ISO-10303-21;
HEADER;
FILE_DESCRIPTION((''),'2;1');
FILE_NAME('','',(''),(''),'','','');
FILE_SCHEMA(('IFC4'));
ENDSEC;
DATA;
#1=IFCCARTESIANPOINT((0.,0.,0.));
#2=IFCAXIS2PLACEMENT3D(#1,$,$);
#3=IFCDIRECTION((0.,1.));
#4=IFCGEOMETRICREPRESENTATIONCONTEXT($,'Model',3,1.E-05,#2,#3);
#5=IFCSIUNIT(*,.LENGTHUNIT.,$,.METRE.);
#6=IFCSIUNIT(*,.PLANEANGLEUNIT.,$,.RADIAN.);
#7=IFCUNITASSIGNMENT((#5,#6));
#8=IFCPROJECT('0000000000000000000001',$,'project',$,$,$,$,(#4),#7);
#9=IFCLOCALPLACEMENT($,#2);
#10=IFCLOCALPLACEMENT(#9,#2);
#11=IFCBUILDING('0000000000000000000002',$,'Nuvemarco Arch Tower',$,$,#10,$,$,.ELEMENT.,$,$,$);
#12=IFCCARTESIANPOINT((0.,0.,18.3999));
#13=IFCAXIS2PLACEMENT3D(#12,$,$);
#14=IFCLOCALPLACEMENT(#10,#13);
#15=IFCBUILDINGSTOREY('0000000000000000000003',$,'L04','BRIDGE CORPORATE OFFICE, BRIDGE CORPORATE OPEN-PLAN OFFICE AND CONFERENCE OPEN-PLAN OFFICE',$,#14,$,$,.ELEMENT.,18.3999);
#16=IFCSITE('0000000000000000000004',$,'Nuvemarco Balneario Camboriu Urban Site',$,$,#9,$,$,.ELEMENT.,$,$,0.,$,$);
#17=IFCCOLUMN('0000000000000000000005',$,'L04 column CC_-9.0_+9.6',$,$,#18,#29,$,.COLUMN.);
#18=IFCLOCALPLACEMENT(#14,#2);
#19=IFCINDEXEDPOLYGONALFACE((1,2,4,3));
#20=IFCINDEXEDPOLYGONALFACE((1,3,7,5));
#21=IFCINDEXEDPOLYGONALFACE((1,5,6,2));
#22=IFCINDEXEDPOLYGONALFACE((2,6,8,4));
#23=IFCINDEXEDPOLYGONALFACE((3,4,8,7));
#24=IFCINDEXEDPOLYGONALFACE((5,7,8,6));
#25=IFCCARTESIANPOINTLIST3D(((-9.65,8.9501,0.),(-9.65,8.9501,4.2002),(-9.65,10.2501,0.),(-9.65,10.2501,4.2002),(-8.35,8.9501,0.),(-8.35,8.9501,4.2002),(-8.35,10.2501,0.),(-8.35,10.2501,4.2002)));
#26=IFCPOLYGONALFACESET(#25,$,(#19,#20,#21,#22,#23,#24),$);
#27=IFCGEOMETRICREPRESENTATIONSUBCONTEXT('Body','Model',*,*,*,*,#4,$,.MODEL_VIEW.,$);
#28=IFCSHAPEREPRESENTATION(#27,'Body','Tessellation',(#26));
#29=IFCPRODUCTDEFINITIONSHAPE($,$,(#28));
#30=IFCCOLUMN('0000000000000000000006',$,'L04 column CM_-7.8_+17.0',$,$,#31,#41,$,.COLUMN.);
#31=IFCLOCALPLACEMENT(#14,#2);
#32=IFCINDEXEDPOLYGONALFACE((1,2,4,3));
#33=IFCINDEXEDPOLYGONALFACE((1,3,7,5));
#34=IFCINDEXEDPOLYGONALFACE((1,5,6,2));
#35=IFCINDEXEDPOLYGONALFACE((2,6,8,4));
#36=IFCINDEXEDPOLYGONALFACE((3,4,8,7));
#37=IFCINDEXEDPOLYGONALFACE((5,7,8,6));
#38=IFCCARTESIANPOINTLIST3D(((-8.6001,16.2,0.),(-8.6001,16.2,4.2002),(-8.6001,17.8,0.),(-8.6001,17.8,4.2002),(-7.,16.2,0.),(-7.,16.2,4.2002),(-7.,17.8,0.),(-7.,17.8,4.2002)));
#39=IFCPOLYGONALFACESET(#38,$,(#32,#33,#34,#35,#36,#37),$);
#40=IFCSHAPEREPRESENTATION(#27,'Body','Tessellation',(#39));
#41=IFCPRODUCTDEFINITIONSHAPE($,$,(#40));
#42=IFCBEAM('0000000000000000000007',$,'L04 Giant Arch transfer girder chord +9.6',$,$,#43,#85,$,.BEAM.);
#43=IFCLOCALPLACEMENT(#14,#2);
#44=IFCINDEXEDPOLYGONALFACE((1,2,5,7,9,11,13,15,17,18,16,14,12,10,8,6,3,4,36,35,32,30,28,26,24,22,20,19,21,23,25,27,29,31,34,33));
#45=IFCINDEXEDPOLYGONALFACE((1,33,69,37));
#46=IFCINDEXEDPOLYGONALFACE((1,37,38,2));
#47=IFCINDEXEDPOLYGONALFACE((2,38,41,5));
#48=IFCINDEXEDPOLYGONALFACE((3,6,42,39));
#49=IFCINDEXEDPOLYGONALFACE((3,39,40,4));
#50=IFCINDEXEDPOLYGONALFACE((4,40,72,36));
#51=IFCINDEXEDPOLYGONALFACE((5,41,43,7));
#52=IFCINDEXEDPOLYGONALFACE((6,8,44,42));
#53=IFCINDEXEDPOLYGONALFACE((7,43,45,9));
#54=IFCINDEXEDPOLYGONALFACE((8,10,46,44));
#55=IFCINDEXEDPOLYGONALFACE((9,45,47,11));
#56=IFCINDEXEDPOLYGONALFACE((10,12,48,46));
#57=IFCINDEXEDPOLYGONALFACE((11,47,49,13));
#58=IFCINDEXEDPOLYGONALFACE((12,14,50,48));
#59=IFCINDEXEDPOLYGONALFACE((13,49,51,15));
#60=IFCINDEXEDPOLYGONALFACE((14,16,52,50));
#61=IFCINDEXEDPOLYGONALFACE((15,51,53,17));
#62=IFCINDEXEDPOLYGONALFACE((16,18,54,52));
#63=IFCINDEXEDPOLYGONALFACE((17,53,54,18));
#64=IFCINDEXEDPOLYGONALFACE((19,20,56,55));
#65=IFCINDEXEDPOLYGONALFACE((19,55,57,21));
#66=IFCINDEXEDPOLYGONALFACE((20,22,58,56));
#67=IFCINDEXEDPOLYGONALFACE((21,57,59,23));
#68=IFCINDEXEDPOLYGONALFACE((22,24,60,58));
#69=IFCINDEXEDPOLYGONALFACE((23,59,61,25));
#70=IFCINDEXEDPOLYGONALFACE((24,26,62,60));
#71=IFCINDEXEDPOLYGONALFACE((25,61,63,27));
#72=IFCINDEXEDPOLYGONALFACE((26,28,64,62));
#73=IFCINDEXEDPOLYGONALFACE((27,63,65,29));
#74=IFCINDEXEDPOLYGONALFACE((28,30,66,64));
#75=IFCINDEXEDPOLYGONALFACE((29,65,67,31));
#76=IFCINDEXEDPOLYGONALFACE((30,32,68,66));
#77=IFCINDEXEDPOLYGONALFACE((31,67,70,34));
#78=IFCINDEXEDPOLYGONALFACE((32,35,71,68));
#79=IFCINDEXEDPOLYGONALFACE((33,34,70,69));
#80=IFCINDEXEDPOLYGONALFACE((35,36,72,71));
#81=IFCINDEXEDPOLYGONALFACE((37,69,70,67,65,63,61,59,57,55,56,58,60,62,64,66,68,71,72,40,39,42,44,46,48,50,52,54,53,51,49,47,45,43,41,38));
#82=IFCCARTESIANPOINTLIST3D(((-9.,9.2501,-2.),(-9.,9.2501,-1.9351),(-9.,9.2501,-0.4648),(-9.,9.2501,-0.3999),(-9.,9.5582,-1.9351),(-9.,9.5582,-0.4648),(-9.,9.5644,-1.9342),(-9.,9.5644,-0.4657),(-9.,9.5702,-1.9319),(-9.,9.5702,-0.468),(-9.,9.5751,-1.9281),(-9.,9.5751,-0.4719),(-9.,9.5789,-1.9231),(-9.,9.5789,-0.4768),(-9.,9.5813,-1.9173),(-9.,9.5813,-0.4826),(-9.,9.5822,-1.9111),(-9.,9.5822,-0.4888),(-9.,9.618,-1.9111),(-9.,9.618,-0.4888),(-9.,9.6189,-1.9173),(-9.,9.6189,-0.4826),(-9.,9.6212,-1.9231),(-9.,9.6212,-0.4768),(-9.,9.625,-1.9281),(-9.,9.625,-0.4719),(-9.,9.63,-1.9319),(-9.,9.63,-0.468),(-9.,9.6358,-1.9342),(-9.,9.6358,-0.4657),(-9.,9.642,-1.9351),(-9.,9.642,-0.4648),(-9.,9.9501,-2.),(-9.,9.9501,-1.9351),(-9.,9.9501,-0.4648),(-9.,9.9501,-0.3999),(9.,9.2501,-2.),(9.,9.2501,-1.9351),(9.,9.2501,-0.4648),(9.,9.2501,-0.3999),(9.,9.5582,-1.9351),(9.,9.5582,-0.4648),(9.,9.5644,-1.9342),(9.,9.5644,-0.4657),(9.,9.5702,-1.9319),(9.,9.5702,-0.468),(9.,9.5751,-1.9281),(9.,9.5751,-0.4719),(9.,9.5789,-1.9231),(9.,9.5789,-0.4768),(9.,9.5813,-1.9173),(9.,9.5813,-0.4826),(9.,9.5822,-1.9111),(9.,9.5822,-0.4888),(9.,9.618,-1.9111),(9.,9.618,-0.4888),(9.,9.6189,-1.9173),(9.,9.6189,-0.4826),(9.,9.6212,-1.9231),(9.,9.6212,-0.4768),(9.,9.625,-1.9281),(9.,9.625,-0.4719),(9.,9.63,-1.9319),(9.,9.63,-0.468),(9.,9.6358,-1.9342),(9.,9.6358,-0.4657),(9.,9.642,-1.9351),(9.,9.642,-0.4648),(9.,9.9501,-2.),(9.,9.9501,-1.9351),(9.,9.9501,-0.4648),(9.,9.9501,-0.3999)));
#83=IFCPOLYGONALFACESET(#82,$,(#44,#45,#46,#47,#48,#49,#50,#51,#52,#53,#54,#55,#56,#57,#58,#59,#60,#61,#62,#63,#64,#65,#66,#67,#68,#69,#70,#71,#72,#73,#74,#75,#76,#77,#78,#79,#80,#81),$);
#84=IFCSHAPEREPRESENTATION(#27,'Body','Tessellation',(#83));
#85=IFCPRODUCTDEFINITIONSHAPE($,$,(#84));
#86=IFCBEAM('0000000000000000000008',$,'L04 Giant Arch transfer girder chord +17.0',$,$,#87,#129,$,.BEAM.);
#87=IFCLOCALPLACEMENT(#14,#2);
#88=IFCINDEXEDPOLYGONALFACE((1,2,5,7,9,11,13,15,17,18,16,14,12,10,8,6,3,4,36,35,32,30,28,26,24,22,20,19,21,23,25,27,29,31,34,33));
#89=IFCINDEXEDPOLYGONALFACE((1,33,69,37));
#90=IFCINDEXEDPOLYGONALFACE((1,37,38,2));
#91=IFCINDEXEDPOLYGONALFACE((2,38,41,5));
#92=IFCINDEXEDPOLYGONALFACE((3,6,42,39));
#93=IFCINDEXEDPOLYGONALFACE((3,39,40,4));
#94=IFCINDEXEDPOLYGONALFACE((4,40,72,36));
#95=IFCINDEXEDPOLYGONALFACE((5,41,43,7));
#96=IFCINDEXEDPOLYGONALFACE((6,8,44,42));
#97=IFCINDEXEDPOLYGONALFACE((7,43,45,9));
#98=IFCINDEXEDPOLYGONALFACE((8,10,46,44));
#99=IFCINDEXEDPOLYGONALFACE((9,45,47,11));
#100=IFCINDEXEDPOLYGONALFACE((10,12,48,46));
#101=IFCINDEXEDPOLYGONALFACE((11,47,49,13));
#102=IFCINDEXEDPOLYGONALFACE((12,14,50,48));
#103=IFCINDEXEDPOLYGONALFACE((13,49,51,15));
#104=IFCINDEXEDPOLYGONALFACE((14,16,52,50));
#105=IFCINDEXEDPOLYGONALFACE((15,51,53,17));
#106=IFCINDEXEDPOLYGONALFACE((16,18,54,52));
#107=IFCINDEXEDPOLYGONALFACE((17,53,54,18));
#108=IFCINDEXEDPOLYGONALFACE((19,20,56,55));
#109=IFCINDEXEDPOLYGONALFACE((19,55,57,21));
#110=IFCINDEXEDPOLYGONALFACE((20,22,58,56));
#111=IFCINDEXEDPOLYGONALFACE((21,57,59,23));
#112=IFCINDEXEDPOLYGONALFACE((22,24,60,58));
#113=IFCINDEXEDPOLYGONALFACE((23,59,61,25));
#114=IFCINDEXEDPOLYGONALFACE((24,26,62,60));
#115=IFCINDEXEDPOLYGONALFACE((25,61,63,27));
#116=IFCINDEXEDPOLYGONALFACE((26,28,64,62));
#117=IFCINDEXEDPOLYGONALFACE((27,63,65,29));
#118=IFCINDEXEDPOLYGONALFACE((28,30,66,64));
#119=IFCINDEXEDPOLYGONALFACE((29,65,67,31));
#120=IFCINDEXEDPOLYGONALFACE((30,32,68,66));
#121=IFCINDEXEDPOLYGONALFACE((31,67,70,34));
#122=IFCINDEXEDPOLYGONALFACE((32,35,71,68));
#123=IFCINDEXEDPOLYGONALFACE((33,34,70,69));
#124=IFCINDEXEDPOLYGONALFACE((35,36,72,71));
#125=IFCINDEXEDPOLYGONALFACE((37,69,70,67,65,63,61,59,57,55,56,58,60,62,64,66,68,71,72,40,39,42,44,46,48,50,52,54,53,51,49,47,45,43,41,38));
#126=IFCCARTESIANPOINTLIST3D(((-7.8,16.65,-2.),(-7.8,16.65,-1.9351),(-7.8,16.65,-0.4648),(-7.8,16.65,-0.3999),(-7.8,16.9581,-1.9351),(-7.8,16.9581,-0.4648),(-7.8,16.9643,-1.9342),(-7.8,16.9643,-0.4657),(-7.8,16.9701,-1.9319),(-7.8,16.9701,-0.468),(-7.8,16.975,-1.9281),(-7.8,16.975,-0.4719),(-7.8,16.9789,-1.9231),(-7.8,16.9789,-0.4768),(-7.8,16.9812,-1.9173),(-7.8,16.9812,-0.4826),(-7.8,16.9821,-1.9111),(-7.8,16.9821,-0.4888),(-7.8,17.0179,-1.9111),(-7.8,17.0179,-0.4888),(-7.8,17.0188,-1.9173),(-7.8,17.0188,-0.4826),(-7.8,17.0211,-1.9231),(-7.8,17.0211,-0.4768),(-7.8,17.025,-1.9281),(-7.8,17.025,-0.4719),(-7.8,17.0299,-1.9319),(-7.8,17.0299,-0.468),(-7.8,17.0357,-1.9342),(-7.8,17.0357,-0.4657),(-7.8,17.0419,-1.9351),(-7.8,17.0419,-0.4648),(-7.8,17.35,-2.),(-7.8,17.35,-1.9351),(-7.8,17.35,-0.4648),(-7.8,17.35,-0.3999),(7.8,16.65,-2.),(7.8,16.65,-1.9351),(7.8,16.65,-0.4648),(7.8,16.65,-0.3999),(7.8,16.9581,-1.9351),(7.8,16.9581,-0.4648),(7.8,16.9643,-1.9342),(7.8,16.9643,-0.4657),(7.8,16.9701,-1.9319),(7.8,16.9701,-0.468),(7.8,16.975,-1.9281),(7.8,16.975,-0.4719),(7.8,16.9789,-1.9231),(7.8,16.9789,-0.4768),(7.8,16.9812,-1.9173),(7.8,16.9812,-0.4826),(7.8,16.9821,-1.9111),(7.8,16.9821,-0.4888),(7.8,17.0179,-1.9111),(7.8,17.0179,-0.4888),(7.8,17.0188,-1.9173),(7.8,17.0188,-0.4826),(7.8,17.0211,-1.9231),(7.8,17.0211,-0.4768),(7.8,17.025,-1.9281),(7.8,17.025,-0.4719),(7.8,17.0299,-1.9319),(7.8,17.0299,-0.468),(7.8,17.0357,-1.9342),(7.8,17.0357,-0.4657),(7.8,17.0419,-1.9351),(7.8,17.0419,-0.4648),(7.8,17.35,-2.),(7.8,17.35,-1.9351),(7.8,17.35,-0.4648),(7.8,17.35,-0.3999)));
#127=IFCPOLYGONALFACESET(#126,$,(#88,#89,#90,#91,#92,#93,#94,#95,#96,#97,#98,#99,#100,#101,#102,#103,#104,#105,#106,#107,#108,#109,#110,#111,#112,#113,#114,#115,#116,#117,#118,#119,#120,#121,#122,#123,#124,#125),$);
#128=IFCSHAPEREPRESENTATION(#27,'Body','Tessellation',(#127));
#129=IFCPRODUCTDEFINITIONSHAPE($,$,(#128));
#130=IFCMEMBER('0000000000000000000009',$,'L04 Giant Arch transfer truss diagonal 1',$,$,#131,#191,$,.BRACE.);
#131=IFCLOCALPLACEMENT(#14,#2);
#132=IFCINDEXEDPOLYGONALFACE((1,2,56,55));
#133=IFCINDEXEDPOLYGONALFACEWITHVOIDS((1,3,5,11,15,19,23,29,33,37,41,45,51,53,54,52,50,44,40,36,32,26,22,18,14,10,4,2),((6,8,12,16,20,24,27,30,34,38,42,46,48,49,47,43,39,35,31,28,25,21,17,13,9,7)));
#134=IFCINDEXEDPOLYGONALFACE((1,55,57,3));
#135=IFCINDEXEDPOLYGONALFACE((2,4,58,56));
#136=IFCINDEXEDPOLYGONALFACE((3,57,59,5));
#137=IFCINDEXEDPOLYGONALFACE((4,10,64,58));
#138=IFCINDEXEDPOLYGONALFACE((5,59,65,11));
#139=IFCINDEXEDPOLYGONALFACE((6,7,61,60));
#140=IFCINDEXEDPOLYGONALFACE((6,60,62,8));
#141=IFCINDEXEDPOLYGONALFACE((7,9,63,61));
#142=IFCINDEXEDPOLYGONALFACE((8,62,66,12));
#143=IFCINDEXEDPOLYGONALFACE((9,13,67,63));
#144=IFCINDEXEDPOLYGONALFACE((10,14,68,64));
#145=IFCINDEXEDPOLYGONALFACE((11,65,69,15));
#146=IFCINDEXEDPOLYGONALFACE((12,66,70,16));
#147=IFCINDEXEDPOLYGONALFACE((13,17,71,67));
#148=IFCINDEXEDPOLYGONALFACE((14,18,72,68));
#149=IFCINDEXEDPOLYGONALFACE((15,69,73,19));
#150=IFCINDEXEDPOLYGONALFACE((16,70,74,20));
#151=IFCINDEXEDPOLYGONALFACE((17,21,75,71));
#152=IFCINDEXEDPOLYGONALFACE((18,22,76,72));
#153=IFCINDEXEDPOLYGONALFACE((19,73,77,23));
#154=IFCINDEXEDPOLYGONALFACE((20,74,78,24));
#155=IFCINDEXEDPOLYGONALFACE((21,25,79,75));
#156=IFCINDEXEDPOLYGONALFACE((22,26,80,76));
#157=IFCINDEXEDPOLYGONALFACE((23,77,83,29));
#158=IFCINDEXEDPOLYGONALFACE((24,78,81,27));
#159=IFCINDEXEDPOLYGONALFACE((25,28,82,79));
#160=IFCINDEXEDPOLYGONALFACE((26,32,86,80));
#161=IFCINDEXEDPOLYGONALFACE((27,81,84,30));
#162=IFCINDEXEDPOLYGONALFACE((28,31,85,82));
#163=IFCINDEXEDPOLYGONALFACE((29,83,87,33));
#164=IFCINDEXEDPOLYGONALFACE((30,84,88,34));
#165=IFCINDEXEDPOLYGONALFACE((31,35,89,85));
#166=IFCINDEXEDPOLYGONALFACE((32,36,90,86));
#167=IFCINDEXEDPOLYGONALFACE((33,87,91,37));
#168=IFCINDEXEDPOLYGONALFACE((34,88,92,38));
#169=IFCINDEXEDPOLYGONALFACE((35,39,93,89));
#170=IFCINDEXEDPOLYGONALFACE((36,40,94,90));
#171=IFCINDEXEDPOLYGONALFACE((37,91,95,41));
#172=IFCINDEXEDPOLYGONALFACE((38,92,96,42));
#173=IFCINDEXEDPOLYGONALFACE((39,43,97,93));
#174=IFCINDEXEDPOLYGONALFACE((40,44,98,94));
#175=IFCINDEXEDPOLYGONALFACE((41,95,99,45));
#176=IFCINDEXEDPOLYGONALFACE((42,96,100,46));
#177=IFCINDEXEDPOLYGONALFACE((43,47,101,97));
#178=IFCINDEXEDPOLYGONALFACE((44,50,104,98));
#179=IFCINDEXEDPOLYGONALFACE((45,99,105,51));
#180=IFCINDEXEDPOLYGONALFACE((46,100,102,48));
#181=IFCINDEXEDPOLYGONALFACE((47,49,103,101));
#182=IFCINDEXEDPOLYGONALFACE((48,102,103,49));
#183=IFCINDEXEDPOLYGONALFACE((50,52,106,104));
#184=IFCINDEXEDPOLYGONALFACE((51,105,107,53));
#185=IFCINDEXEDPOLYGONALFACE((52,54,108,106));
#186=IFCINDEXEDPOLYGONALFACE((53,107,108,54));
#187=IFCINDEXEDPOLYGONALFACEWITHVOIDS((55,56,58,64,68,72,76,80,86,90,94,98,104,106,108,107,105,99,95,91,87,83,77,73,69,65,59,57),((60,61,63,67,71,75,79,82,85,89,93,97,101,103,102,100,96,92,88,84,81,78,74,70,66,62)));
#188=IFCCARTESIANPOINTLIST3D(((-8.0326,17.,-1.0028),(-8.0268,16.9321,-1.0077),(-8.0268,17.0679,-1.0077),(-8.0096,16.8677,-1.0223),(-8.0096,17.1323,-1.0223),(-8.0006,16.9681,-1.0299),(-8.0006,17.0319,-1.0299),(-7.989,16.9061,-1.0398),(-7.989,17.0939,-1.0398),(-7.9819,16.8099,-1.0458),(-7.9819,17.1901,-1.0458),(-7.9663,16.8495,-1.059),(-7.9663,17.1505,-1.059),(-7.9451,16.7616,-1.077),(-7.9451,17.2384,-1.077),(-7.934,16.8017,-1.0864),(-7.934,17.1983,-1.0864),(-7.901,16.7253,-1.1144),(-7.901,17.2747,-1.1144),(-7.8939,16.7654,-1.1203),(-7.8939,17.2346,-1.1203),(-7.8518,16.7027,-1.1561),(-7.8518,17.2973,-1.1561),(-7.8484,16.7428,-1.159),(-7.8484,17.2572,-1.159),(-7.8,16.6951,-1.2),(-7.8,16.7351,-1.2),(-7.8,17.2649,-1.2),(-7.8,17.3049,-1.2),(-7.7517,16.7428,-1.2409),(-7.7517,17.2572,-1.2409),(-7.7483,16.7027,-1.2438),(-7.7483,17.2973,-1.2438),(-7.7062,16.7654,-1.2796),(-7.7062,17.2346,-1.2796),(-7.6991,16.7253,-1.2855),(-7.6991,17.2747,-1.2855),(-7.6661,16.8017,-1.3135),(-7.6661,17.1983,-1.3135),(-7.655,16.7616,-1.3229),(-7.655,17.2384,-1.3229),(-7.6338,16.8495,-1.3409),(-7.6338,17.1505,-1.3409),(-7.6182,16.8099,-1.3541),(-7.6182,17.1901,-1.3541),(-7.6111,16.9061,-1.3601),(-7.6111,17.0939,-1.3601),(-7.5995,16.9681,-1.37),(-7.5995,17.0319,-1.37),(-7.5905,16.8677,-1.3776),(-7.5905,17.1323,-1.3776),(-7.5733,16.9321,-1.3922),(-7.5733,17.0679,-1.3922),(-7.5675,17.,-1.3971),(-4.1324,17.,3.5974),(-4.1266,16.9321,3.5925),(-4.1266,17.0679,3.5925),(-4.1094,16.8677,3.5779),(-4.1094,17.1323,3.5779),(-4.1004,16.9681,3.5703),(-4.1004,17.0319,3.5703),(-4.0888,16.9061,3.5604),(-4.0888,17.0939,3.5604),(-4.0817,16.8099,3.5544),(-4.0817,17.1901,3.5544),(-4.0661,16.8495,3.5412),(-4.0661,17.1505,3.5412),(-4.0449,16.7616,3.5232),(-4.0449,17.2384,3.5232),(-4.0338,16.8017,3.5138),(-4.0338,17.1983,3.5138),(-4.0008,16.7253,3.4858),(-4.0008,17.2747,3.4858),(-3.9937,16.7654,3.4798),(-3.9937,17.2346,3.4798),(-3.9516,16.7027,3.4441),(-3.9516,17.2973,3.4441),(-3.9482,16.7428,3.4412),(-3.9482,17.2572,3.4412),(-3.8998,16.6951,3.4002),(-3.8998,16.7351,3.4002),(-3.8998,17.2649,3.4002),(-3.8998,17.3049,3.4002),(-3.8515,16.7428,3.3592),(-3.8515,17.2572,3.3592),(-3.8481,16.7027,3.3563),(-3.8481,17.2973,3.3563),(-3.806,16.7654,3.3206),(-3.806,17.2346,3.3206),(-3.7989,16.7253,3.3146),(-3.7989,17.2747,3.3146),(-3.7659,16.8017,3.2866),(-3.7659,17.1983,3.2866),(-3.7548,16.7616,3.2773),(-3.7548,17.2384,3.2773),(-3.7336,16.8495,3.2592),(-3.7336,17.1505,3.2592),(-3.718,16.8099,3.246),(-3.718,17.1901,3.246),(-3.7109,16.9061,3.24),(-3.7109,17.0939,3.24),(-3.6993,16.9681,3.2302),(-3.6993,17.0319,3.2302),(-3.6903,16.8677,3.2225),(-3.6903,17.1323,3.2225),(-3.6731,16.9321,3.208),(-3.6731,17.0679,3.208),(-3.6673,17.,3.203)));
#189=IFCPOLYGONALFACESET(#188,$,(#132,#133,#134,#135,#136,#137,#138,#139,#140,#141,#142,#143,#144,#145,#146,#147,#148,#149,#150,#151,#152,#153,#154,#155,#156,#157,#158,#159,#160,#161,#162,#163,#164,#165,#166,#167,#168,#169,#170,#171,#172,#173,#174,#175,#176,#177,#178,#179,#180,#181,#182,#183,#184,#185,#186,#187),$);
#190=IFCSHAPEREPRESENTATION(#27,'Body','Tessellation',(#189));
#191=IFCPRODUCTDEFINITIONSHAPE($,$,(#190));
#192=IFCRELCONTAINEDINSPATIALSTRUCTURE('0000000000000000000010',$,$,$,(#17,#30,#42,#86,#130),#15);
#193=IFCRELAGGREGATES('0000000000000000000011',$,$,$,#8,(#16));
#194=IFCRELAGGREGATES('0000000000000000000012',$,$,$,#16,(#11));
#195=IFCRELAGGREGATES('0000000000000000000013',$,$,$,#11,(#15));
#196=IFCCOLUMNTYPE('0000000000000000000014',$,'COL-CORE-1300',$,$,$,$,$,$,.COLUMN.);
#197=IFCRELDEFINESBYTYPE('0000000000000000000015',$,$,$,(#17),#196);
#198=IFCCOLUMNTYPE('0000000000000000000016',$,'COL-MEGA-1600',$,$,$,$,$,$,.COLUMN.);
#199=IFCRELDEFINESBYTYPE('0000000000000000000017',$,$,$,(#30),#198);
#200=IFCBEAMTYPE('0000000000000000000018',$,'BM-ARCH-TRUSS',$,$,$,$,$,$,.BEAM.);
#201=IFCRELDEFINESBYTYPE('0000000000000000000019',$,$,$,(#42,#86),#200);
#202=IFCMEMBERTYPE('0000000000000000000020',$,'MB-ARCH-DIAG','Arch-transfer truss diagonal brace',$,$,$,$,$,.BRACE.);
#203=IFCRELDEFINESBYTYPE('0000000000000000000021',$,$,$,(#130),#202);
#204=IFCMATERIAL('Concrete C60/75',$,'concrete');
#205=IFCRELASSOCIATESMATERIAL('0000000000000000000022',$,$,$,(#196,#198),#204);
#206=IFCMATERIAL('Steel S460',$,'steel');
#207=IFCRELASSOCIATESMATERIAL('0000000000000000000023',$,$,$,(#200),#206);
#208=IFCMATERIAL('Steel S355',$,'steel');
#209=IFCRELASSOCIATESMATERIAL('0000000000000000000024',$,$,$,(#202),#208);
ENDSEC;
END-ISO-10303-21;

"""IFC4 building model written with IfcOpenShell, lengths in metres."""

from ifc_helpers import new_model, si_unit, direction, frame, origin, origin_2d, place, context, subcontext, project, spatial, rectangle, hollow_circle, i_section, extrude, material, material_profile, profile_set, type_object, element, save


model = new_model("IFC4")

# Units and contexts
model_context = context("Model", 3, precision=1e-05, world=origin(), true_north=direction((0.0, 1.0)))
body_context = subcontext(model_context, "Body", "Model", "MODEL_VIEW")
ifc_project = project(units=[si_unit("LENGTHUNIT", "METRE"), si_unit("PLANEANGLEUNIT", "RADIAN")], contexts=[model_context])

# Site, building, storey
site_placement = place(None, origin())
site = spatial("IfcSite", under=ifc_project, at=site_placement, Name="Nuvemarco Balneario Camboriu Urban Site", CompositionType="ELEMENT", RefElevation=0.0)
building_placement = place(site_placement, origin())
building = spatial("IfcBuilding", under=site, at=building_placement, Name="Nuvemarco Arch Tower", CompositionType="ELEMENT")
storey_placement = place(building_placement, frame((0.0, 0.0, 18.3999)))
storey = spatial("IfcBuildingStorey", under=building, at=storey_placement, Name="L04", Description="BRIDGE CORPORATE OFFICE, BRIDGE CORPORATE OPEN-PLAN OFFICE AND CONFERENCE OPEN-PLAN OFFICE", CompositionType="ELEMENT", Elevation=18.3999)

# Columns
ifc_material_1 = material(Name="Concrete C60/75", Category="concrete")
ifc_material_profile_1 = material_profile(ifc_material_1, rectangle(XDim=1.3, YDim=1.3, at=origin_2d()), Name="RC-COL-1300x1300")
ifc_profile_set_1 = profile_set([ifc_material_profile_1], Name="Concrete C60/75")
column_type_1 = type_object("IfcColumnType", Name="COL-CORE-1300", PredefinedType="COLUMN", material=ifc_profile_set_1)
column_1_placement = place(storey_placement, frame((-9.0, 9.6001, 0.0), z_axis=(0.0, 0.0, 1.0), x_axis=(1.0, 0.0, 0.0)))
element("IfcColumn", 1, at=column_1_placement, inside=storey, type_object=column_type_1, Name="L04 column CC_-9.0_+9.6", PredefinedType="COLUMN", context=body_context, shape_type="SweptSolid", body=[
    extrude(rectangle(XDim=1.3, YDim=1.3, at=origin_2d()), origin(), (0.0, 0.0, 1.0), 4.2002),
])
ifc_material_profile_2 = material_profile(ifc_material_1, rectangle(XDim=1.6001, YDim=1.6001, at=origin_2d()), Name="RC-COL-1600x1600")
ifc_profile_set_2 = profile_set([ifc_material_profile_2], Name="Concrete C60/75")
column_type_2 = type_object("IfcColumnType", Name="COL-MEGA-1600", PredefinedType="COLUMN", material=ifc_profile_set_2)
column_2_placement = place(storey_placement, frame((-7.8, 17.0, 0.0), z_axis=(0.0, 0.0, 1.0), x_axis=(1.0, 0.0, 0.0)))
element("IfcColumn", 2, at=column_2_placement, inside=storey, type_object=column_type_2, Name="L04 column CM_-7.8_+17.0", PredefinedType="COLUMN", context=body_context, shape_type="SweptSolid", body=[
    extrude(rectangle(XDim=1.6001, YDim=1.6001, at=origin_2d()), origin(), (0.0, 0.0, 1.0), 4.2002),
])

# Beams
ifc_material_2 = material(Name="Steel S460", Category="steel")
ifc_material_profile_3 = material_profile(ifc_material_2, i_section(OverallWidth=0.7, OverallDepth=1.6001, WebThickness=0.0359, FlangeThickness=0.0649, FilletRadius=0.0239, at=origin_2d()), Name="PG1600x700")
ifc_profile_set_3 = profile_set([ifc_material_profile_3], Name="Steel S460")
beam_type = type_object("IfcBeamType", Name="BM-ARCH-TRUSS", PredefinedType="BEAM", material=ifc_profile_set_3)
beam_1_placement = place(storey_placement, frame((-9.0, 9.6001, -1.2), z_axis=(1.0, 0.0, 0.0), x_axis=(0.0, 1.0, 0.0)))
element("IfcBeam", 3, at=beam_1_placement, inside=storey, type_object=beam_type, Name="L04 Giant Arch transfer girder chord +9.6", PredefinedType="BEAM", context=body_context, shape_type="SweptSolid", body=[
    extrude(i_section(OverallWidth=0.7, OverallDepth=1.6001, WebThickness=0.0359, FlangeThickness=0.0649, FilletRadius=0.0239, at=origin_2d()), origin(), (0.0, 0.0, 1.0), 18.0),
])
beam_2_placement = place(storey_placement, frame((-7.8, 17.0, -1.2), z_axis=(1.0, 0.0, 0.0), x_axis=(0.0, 1.0, 0.0)))
element("IfcBeam", 4, at=beam_2_placement, inside=storey, type_object=beam_type, Name="L04 Giant Arch transfer girder chord +17.0", PredefinedType="BEAM", context=body_context, shape_type="SweptSolid", body=[
    extrude(i_section(OverallWidth=0.7, OverallDepth=1.6001, WebThickness=0.0359, FlangeThickness=0.0649, FilletRadius=0.0239, at=origin_2d()), origin(), (0.0, 0.0, 1.0), 15.6001),
])

# Member
ifc_material_3 = material(Name="Steel S355", Category="steel")
ifc_material_profile_4 = material_profile(ifc_material_3, hollow_circle(Radius=0.3049, WallThickness=0.04, at=origin_2d()), Name="CHS610x40")
ifc_profile_set_4 = profile_set([ifc_material_profile_4], Name="Steel S355")
member_type = type_object("IfcMemberType", Name="MB-ARCH-DIAG", Description="Arch-transfer truss diagonal brace", PredefinedType="BRACE", material=ifc_profile_set_4)
member_placement = place(storey_placement, frame((-7.8, 17.0, -1.2), z_axis=(0.646691, 0.0, 0.762752), x_axis=(0.0, 1.0, 0.0)))
element("IfcMember", 5, at=member_placement, inside=storey, type_object=member_type, Name="L04 Giant Arch transfer truss diagonal 1", PredefinedType="BRACE", context=body_context, shape_type="SweptSolid", body=[
    extrude(hollow_circle(Radius=0.3049, WallThickness=0.04, at=origin_2d()), origin(), (0.0, 0.0, 1.0), 6.031),
])

save(model, "model.ifc")
